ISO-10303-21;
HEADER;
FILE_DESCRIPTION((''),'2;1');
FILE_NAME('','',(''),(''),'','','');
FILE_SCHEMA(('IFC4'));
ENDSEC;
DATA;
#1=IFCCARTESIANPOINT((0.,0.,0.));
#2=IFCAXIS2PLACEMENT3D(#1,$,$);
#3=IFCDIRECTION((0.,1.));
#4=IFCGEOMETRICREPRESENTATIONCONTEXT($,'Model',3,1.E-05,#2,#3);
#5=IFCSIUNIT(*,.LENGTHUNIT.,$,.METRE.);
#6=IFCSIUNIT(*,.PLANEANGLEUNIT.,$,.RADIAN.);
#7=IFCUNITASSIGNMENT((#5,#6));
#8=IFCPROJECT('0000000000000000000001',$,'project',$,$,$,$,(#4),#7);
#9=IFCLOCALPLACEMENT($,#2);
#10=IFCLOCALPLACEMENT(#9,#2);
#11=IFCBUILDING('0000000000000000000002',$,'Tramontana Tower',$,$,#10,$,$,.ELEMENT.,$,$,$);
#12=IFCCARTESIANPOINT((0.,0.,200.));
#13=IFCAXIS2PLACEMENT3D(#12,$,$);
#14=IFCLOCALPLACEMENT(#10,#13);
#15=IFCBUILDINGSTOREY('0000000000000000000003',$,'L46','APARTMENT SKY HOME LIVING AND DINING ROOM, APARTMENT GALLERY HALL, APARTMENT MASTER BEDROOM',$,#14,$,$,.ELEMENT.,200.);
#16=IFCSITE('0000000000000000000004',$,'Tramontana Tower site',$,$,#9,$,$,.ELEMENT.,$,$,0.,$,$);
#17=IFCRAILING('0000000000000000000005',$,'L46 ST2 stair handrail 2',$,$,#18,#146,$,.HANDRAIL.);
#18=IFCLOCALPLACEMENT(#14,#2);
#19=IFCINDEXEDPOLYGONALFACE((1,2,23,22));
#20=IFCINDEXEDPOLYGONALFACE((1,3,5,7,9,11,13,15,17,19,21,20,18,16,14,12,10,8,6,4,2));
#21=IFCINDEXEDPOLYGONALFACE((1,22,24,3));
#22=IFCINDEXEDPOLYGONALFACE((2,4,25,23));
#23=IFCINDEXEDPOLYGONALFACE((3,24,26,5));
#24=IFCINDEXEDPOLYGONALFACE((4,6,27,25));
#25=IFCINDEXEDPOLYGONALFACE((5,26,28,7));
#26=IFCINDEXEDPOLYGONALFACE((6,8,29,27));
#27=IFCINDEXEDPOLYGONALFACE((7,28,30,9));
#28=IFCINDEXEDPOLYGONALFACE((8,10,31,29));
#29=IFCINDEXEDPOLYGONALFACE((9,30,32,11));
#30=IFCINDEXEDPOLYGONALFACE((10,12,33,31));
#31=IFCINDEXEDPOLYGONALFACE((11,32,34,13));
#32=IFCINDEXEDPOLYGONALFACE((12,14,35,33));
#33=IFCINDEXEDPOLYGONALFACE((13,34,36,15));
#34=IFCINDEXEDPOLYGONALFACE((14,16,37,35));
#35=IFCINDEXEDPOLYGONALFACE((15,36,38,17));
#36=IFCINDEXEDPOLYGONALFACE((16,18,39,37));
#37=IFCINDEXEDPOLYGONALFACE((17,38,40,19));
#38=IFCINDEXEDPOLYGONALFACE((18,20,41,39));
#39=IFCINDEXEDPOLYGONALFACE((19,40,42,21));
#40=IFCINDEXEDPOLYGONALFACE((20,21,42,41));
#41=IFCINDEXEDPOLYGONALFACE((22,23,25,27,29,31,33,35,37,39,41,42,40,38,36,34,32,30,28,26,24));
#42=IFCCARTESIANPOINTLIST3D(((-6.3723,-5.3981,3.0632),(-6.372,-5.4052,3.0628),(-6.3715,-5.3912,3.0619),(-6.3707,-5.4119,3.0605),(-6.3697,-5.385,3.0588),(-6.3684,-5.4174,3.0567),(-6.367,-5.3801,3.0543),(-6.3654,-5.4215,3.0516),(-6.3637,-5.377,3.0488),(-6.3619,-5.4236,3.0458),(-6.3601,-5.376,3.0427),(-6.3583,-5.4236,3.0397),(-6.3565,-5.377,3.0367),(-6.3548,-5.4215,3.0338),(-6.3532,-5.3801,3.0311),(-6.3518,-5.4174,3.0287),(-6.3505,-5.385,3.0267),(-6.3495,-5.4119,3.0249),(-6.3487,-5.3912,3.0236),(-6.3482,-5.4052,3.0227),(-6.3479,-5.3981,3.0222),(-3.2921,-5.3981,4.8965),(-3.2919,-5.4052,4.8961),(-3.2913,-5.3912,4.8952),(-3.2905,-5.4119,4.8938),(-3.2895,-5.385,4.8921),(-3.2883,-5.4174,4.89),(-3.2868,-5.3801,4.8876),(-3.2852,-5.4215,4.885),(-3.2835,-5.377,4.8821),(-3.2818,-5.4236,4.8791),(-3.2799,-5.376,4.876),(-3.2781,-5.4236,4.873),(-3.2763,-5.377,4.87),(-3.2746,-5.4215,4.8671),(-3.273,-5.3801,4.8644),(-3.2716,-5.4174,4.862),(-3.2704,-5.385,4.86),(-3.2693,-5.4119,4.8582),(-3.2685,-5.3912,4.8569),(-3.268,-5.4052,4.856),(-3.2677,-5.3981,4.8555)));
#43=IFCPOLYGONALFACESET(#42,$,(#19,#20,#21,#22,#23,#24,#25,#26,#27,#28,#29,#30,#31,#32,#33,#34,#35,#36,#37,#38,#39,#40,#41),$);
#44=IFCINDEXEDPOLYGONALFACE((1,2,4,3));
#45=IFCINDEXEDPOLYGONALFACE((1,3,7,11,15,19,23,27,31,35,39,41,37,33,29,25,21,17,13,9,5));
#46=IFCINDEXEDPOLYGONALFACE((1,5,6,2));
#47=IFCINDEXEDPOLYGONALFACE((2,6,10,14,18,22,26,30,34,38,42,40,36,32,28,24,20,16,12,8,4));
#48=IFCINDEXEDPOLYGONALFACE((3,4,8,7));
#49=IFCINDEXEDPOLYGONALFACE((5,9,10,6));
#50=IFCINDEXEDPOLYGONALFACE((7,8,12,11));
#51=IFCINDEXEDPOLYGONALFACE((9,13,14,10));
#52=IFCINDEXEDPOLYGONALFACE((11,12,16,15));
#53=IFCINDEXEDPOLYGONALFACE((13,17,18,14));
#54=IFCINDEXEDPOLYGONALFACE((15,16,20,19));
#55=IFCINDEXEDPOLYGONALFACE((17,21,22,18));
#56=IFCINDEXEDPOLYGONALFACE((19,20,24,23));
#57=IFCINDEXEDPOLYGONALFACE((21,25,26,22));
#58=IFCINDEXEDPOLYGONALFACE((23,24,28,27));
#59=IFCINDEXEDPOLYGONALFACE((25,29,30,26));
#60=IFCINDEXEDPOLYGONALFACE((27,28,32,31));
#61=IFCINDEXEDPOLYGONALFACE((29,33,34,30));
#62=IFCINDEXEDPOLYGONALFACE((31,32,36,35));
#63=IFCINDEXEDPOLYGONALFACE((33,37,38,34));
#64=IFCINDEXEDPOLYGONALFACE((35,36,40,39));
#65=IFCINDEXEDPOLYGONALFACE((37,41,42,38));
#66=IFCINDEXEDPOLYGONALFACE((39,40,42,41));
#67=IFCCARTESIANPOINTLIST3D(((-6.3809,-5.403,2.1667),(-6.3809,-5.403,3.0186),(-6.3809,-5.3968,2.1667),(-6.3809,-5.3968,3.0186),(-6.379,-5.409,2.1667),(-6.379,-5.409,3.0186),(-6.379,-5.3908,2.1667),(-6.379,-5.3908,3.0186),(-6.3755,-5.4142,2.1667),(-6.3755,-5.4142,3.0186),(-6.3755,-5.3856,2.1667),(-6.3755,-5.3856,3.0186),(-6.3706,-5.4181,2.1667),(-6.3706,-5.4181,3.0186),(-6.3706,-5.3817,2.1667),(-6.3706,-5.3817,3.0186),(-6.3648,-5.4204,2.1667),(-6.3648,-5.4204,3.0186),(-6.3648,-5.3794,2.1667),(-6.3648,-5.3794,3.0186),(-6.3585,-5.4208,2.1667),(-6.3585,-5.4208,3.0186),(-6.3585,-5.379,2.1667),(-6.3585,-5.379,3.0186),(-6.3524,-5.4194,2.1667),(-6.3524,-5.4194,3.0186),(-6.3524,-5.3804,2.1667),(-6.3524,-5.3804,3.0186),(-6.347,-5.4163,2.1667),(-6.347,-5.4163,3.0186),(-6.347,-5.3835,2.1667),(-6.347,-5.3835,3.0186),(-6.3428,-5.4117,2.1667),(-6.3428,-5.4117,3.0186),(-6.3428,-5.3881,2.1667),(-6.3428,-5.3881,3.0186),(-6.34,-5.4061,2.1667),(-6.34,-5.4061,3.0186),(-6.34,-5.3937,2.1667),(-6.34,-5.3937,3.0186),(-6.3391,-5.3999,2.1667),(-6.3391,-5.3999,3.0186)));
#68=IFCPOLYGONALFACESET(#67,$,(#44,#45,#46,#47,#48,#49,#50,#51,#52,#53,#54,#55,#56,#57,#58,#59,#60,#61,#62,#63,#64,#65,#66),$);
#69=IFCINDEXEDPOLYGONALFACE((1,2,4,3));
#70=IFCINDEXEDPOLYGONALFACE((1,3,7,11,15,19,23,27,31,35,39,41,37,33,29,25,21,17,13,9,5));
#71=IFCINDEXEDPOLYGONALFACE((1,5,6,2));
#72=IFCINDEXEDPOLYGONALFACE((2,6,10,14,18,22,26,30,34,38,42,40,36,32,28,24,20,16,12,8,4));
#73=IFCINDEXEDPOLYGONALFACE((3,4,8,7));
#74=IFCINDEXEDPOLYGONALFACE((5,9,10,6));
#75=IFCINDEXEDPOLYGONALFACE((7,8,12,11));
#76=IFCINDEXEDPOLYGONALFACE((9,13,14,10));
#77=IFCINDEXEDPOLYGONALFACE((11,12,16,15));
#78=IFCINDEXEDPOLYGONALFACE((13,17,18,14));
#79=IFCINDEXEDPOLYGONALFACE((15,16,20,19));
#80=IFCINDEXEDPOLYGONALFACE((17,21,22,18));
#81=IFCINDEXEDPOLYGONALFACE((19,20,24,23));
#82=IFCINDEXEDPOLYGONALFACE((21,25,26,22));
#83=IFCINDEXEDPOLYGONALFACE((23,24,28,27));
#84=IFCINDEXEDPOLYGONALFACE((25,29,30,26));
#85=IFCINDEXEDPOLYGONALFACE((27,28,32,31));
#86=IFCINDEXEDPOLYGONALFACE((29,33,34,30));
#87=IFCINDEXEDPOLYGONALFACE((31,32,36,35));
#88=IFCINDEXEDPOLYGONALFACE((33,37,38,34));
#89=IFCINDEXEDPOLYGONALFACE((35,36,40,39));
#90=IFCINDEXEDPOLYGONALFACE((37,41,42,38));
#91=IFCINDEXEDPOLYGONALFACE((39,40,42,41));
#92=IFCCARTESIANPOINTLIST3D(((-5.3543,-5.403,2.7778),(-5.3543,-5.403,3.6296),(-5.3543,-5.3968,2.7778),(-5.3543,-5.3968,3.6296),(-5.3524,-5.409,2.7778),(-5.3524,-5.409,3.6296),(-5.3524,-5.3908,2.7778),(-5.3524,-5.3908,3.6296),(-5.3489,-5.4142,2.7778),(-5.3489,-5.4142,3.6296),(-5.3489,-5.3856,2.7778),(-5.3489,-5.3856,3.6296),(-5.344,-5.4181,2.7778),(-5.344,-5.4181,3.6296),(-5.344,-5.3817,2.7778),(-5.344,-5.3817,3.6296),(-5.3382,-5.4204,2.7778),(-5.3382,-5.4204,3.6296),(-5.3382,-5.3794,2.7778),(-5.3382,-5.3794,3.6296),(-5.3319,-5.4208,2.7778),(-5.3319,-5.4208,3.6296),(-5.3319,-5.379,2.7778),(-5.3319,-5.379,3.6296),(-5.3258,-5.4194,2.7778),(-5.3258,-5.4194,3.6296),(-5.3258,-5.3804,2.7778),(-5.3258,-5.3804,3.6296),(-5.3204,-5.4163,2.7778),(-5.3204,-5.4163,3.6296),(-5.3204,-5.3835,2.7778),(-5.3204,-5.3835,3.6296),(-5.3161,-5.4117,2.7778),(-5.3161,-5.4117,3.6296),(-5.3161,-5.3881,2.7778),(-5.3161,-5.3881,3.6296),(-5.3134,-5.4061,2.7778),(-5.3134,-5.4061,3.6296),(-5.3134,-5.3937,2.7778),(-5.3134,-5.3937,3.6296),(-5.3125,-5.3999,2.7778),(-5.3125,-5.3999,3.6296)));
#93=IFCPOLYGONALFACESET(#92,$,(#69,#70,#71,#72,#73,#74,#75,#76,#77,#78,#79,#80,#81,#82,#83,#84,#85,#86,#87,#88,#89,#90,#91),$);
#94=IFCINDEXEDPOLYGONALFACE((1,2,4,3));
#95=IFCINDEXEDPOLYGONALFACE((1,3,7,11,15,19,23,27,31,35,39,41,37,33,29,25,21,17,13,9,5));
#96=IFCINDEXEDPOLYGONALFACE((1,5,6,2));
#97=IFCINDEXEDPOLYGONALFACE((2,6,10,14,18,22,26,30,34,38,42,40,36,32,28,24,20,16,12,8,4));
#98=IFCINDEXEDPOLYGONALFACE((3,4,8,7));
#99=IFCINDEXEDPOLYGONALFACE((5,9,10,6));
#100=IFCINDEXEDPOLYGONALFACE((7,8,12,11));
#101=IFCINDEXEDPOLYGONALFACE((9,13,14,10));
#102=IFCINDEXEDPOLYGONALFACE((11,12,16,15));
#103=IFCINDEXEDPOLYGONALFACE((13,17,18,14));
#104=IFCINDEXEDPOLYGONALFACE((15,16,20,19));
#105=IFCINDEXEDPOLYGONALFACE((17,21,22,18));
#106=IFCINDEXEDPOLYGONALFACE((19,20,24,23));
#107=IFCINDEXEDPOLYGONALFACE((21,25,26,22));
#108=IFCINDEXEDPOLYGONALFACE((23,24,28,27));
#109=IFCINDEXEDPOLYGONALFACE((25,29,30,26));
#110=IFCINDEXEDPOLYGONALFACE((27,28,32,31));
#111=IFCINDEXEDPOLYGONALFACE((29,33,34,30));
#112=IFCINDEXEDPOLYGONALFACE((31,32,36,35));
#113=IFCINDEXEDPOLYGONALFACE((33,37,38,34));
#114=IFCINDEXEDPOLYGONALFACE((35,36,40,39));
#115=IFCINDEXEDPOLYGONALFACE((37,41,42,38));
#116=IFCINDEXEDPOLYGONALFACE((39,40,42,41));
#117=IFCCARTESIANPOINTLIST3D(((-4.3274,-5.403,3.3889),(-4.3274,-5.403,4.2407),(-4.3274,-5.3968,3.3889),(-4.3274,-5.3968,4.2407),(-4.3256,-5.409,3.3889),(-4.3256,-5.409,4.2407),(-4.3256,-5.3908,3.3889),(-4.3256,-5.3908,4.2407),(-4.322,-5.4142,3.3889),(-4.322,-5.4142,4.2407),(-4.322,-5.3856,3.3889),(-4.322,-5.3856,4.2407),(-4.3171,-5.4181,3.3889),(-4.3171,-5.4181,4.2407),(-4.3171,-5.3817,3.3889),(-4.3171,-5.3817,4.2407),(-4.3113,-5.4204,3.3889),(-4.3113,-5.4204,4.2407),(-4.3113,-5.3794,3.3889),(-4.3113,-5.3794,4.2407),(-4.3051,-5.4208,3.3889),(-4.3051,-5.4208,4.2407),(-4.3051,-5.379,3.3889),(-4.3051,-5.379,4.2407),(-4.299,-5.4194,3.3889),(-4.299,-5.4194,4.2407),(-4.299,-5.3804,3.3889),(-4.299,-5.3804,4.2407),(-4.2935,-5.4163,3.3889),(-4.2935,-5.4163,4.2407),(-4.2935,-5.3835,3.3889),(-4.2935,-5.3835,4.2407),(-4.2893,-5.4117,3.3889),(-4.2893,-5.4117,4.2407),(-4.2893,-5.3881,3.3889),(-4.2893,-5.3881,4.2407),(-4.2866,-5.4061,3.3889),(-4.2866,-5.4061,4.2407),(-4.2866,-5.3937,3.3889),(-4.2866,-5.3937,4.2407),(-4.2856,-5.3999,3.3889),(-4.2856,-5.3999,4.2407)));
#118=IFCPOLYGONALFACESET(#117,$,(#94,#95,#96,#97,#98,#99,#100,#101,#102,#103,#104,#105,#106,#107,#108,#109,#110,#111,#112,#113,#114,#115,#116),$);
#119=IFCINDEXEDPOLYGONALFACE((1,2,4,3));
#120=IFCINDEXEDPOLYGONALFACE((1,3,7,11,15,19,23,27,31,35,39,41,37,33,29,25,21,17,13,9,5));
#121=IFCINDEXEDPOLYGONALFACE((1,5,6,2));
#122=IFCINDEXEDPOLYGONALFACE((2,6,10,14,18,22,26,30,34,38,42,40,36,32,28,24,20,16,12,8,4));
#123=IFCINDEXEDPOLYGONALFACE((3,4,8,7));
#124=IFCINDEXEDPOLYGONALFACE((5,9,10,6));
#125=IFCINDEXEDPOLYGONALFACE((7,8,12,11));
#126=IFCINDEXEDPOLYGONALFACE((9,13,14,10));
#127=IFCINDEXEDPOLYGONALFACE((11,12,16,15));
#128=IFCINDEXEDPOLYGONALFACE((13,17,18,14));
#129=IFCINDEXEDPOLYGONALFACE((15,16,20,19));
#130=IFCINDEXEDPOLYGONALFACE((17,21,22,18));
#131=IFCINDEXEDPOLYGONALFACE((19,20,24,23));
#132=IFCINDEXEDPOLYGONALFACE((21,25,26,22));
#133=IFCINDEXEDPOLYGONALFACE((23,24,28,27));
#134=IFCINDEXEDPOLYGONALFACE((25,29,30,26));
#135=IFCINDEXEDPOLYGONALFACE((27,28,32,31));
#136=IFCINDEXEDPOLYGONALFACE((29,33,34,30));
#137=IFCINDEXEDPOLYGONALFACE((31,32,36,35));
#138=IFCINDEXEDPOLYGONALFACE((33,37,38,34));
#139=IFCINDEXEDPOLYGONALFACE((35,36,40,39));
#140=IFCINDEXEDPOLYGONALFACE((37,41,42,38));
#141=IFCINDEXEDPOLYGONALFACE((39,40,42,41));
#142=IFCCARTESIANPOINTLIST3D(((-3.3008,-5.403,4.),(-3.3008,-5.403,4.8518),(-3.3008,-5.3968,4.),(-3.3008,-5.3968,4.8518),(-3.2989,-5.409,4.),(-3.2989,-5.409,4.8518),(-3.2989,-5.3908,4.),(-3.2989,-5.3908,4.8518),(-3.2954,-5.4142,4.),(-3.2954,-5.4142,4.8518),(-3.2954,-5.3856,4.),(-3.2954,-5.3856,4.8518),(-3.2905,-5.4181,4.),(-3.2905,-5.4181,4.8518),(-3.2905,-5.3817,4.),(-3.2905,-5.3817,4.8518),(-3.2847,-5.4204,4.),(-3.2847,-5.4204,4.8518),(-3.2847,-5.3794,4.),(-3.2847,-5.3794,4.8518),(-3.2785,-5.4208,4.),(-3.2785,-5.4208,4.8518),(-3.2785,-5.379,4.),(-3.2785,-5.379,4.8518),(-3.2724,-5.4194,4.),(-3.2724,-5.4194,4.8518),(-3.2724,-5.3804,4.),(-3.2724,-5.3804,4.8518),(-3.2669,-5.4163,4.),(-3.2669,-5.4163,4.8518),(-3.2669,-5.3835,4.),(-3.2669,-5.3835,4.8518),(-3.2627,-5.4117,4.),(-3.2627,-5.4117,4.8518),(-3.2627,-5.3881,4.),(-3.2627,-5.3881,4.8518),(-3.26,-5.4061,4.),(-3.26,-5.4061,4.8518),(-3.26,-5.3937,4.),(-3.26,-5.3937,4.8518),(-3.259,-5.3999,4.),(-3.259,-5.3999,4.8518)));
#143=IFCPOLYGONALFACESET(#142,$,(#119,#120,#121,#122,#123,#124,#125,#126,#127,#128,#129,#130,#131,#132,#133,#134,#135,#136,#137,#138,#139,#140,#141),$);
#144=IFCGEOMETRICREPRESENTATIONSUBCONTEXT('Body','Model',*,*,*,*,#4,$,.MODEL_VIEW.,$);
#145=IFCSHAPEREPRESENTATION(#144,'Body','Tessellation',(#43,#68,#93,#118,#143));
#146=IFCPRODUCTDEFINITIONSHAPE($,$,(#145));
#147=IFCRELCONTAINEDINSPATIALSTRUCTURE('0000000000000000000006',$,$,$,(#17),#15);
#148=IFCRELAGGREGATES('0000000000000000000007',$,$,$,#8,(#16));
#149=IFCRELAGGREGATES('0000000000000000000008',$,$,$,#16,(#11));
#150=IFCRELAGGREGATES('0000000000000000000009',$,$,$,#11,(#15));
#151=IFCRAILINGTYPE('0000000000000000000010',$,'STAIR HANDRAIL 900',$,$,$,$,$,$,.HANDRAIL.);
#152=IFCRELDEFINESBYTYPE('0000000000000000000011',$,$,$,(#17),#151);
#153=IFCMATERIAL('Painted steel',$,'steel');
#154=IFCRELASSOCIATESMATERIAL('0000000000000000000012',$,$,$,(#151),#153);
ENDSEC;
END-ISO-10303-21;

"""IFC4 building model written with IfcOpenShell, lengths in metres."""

from ifc_helpers import new_model, si_unit, direction, frame, origin, origin_2d, place, context, subcontext, project, spatial, circle, extrude, material, type_object, element, save


model = new_model("IFC4")

# Units and contexts
model_context = context("Model", 3, precision=1e-05, world=origin(), true_north=direction((0.0, 1.0)))
body_context = subcontext(model_context, "Body", "Model", "MODEL_VIEW")
ifc_project = project(units=[si_unit("LENGTHUNIT", "METRE"), si_unit("PLANEANGLEUNIT", "RADIAN")], contexts=[model_context])

# Site, building, storey
site_placement = place(None, origin())
site = spatial("IfcSite", under=ifc_project, at=site_placement, Name="Tramontana Tower site", CompositionType="ELEMENT", RefElevation=0.0)
building_placement = place(site_placement, origin())
building = spatial("IfcBuilding", under=site, at=building_placement, Name="Tramontana Tower", CompositionType="ELEMENT")
storey_placement = place(building_placement, frame((0.0, 0.0, 200.0)))
storey = spatial("IfcBuildingStorey", under=building, at=storey_placement, Name="L46", Description="APARTMENT SKY HOME LIVING AND DINING ROOM, APARTMENT GALLERY HALL, APARTMENT MASTER BEDROOM", CompositionType="ELEMENT", Elevation=200.0)

# Railing
ifc_material_1 = material(Name="Painted steel", Category="steel")
railing_type_1 = type_object("IfcRailingType", Name="STAIR HANDRAIL 900", PredefinedType="HANDRAIL", material=ifc_material_1)
railing_1_placement = place(storey_placement, frame((-6.3601, -5.3999, 2.1667)))
element("IfcRailing", 1, at=railing_1_placement, inside=storey, type_object=railing_type_1, Name="L46 ST2 stair handrail 2", PredefinedType="HANDRAIL", context=body_context, shape_type="SweptSolid", body=[
    extrude(circle(Radius=0.0239, at=origin_2d()), frame((0.0, 0.0, 0.876), z_axis=(0.859309, 0.0, 0.511458), x_axis=(0.0, 1.0, 0.0)), (0.0, 0.0, 1.0), 3.5845),
    extrude(circle(Radius=0.021, at=origin_2d()), origin(), (0.0, 0.0, 1.0), 0.8518),
    extrude(circle(Radius=0.021, at=origin_2d()), frame((1.0266, 0.0, 0.6111)), (0.0, 0.0, 1.0), 0.8518),
    extrude(circle(Radius=0.021, at=origin_2d()), frame((2.0535, 0.0, 1.2222)), (0.0, 0.0, 1.0), 0.8518),
    extrude(circle(Radius=0.021, at=origin_2d()), frame((3.0801, 0.0, 1.8333)), (0.0, 0.0, 1.0), 0.8518),
])

save(model, "model.ifc")
